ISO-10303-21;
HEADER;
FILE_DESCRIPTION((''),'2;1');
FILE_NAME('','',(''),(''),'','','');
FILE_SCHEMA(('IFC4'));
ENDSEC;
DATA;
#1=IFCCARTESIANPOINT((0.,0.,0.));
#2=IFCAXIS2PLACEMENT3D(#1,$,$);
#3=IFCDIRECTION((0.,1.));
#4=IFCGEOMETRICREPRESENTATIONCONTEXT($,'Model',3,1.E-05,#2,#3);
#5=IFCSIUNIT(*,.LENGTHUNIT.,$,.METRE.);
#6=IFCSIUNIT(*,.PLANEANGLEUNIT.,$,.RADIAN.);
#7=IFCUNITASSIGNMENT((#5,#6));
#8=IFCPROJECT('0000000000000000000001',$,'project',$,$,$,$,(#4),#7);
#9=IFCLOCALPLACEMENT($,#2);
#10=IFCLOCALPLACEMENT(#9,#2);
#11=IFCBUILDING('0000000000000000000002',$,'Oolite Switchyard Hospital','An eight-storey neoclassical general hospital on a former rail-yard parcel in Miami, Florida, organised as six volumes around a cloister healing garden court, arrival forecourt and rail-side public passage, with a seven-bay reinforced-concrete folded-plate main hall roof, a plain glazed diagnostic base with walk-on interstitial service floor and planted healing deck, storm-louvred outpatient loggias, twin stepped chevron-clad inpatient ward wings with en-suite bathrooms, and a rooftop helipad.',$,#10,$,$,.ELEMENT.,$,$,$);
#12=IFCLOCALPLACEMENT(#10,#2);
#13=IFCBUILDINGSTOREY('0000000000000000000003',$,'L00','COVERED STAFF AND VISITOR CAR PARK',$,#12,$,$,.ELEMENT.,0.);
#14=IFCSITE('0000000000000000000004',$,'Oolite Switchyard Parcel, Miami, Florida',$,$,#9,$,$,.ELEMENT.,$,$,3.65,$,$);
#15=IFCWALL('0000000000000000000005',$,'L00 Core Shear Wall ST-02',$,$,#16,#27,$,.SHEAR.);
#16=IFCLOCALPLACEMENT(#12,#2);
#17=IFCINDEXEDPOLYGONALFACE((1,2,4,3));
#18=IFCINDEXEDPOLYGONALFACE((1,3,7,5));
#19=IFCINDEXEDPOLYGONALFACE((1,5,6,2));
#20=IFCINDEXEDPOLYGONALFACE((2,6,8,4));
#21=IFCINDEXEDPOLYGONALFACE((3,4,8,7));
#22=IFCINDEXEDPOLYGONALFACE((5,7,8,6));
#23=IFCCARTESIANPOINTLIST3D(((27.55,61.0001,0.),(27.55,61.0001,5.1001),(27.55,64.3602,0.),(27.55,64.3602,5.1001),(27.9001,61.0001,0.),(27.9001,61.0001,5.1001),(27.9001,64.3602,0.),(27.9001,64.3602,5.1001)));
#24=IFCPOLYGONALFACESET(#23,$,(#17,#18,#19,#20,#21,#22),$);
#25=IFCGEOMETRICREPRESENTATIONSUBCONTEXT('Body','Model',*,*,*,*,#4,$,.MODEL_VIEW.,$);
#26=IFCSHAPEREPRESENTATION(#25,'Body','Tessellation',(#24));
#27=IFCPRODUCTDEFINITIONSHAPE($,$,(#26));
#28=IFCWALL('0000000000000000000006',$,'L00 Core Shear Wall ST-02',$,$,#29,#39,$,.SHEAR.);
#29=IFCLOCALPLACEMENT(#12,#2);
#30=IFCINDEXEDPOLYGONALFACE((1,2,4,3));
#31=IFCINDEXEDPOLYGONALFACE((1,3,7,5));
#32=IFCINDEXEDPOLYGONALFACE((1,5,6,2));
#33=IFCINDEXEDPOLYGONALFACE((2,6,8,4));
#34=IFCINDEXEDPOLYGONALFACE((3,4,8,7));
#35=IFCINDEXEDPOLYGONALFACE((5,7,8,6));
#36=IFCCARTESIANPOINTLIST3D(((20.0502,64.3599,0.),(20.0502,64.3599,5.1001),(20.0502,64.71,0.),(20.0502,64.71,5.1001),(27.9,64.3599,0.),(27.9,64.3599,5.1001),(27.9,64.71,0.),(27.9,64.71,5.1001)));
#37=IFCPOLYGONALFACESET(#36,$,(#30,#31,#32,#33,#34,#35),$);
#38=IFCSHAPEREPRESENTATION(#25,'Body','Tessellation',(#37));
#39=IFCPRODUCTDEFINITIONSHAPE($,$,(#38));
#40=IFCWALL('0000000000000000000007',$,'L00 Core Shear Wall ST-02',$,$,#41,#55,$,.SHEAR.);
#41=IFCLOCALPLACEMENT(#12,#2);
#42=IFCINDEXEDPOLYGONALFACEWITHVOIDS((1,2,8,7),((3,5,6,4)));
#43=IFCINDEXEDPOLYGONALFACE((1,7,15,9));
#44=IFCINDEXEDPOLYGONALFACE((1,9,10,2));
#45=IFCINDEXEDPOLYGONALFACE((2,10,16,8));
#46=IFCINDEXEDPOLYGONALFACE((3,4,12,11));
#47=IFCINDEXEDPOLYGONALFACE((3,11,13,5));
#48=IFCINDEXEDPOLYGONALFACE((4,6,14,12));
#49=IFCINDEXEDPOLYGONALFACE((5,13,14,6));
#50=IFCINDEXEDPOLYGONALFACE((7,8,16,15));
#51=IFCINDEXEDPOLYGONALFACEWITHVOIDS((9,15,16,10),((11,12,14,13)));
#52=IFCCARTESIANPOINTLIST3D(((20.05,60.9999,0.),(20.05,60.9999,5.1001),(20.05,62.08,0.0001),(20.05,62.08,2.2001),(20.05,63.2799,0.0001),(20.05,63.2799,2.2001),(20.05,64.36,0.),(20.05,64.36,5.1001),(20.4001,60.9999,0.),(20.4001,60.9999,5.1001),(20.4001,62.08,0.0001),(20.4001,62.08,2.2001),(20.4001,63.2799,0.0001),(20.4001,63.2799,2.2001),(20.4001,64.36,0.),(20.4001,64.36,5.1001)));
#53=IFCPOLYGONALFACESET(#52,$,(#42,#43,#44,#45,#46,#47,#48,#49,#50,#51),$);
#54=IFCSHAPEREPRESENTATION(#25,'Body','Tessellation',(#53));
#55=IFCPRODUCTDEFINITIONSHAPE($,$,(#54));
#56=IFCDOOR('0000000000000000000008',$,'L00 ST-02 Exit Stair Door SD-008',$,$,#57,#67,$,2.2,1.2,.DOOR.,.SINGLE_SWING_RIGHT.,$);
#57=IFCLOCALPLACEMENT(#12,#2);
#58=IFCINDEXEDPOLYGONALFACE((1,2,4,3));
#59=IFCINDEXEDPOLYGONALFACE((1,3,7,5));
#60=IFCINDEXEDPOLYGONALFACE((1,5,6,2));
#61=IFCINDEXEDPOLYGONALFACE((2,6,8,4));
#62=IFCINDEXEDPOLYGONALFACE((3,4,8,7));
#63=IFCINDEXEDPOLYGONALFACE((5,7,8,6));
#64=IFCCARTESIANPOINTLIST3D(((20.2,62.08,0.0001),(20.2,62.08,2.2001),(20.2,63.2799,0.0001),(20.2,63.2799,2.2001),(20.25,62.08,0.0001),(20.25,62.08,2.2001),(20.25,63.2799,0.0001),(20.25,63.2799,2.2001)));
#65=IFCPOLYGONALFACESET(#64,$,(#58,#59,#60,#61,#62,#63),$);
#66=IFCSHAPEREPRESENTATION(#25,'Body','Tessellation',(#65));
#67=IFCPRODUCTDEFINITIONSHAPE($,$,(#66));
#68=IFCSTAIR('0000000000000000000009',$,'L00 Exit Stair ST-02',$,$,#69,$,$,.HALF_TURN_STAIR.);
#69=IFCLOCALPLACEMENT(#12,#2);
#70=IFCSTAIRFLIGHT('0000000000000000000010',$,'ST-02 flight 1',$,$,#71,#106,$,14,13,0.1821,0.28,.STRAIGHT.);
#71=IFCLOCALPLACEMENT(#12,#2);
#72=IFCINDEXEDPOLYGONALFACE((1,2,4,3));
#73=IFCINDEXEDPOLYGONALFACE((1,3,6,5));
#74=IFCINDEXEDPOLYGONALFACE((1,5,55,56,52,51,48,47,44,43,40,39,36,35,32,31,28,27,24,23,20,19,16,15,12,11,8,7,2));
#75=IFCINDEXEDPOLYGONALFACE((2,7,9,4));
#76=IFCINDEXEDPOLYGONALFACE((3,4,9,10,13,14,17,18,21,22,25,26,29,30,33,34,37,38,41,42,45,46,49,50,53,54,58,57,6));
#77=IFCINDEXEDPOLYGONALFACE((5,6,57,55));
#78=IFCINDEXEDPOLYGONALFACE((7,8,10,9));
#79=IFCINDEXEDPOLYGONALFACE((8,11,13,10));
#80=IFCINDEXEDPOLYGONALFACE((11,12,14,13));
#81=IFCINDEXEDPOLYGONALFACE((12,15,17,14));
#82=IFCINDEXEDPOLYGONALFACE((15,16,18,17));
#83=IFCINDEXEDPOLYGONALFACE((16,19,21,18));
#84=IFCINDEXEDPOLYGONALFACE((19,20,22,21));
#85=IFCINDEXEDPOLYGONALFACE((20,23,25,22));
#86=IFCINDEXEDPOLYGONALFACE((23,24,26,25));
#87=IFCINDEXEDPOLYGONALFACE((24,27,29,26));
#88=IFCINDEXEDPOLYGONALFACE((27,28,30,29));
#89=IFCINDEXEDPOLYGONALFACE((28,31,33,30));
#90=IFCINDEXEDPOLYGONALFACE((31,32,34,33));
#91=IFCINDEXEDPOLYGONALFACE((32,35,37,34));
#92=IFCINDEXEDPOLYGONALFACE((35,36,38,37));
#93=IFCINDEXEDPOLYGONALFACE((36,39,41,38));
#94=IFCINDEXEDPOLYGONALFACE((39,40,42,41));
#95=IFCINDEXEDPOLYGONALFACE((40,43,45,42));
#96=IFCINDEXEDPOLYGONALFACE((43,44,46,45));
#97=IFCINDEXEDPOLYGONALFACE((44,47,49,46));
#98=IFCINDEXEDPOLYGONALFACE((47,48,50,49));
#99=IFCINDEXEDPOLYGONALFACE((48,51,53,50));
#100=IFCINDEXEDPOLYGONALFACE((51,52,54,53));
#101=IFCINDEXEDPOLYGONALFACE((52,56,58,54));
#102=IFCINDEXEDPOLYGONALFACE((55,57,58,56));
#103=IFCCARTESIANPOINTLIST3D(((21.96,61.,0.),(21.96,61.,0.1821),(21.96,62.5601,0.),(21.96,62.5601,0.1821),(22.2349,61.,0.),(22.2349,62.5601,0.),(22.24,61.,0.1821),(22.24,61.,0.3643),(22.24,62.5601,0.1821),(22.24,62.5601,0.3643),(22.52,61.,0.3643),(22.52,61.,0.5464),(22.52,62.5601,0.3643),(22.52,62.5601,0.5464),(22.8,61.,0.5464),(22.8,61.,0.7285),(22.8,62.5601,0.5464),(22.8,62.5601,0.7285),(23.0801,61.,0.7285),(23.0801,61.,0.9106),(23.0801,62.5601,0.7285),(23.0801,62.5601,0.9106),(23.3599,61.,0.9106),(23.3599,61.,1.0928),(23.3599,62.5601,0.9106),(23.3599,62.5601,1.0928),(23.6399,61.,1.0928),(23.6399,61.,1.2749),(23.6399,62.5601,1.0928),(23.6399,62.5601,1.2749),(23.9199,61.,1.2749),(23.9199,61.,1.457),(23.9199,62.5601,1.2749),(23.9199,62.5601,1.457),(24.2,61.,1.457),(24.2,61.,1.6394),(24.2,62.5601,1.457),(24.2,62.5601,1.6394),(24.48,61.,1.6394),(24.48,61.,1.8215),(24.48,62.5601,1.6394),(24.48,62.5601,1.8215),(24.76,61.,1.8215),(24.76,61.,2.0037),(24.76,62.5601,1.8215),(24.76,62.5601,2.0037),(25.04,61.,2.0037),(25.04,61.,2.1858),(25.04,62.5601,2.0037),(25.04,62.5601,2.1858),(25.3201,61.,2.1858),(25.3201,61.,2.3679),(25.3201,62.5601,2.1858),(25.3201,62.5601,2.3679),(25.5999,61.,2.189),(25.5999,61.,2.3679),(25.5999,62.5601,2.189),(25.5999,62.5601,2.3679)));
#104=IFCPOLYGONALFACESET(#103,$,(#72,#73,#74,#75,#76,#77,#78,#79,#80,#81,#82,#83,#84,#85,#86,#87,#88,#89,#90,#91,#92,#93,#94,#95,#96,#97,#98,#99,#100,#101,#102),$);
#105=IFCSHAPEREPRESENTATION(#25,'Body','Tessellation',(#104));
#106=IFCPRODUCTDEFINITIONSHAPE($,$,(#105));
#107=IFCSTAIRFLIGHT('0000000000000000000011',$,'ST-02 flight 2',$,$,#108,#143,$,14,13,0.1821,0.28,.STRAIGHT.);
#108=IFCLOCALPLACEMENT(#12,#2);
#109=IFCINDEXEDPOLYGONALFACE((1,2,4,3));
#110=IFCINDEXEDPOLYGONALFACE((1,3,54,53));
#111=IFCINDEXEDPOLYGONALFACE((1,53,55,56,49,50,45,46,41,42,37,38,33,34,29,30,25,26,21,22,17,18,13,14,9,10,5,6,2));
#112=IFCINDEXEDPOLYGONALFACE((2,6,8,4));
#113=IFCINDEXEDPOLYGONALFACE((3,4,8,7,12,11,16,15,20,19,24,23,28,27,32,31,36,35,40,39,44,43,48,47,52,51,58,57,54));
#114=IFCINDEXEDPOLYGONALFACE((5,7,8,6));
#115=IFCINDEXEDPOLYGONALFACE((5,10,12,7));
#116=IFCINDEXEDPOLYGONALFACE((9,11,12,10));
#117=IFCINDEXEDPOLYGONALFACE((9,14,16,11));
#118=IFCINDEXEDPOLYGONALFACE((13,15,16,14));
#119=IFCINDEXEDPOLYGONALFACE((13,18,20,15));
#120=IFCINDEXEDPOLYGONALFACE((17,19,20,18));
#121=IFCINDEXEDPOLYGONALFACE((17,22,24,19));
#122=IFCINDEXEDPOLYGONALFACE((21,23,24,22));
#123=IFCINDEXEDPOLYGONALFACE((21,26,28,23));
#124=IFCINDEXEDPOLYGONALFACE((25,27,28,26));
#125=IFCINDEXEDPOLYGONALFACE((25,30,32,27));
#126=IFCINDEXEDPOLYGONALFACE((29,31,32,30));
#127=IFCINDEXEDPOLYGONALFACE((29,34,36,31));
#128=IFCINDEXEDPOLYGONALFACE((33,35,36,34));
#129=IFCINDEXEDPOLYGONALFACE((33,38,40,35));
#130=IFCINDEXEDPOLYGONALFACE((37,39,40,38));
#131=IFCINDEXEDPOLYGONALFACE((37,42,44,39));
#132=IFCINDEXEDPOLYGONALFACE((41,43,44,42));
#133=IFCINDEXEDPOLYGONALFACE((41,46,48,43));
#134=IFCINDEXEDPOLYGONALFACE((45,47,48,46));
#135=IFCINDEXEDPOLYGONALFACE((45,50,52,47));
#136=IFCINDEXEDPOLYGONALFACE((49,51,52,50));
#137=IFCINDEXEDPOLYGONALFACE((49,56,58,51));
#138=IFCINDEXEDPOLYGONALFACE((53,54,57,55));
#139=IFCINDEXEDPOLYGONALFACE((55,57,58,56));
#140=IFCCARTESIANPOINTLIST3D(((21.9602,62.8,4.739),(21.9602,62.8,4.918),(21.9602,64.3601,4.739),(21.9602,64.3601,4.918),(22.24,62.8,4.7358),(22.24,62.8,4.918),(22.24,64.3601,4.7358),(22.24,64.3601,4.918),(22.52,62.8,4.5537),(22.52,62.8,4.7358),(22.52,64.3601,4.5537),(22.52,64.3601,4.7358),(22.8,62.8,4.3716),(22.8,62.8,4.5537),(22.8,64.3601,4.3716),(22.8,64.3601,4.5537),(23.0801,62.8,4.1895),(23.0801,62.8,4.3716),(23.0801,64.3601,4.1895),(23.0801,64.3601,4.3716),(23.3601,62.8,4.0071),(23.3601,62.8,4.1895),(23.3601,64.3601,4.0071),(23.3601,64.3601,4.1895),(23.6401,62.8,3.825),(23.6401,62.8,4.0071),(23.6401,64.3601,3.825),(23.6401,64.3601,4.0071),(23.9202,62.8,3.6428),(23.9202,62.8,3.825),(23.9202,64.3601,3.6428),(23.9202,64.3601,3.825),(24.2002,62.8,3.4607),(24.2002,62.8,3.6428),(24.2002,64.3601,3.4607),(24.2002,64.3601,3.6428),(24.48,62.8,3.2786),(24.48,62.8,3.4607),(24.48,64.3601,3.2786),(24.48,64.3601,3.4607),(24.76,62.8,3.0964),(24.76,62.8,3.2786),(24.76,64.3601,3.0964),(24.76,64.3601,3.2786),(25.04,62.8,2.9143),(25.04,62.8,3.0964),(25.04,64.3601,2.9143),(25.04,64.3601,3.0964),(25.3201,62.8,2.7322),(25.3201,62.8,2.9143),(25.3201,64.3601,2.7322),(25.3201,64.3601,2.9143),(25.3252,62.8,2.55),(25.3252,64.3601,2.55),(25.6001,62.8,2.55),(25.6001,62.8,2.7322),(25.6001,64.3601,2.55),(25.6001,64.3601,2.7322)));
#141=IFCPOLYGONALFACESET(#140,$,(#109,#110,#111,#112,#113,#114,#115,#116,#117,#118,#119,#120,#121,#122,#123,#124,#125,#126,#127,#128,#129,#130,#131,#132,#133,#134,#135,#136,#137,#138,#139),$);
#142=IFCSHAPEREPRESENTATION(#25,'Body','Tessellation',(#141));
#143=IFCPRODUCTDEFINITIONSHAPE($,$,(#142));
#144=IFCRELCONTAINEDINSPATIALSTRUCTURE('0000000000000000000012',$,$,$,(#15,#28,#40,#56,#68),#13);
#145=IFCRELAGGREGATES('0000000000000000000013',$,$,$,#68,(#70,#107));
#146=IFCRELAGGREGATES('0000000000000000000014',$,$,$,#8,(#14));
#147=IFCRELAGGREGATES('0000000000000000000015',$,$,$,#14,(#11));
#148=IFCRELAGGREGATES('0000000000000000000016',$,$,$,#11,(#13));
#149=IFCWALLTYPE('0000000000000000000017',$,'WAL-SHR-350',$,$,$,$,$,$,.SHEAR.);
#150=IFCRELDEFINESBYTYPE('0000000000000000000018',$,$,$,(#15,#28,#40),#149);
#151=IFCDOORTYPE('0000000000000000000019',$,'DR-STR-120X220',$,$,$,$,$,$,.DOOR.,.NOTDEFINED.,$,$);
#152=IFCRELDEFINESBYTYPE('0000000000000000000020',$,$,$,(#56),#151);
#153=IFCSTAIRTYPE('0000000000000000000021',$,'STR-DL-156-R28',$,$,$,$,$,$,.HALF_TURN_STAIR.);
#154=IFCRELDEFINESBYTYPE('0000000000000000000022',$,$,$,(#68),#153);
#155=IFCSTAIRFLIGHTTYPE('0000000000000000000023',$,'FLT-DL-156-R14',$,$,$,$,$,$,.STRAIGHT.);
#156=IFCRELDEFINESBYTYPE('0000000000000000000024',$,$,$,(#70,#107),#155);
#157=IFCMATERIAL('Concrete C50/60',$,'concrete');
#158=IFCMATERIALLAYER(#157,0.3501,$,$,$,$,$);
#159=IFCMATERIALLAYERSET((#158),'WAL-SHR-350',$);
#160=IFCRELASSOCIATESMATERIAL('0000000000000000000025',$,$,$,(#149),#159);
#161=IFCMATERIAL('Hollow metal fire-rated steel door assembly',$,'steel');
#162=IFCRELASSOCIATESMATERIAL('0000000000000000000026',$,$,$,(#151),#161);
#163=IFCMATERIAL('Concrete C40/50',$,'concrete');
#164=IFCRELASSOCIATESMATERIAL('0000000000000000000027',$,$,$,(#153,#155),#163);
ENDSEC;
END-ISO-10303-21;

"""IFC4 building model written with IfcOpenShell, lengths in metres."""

from ifc_helpers import new_model, si_unit, direction, frame, frame_2d, origin, place, context, subcontext, project, spatial, polyline, rectangle, outline, extrude, material, layer, layer_set, type_object, element, fill, aggregate, save


model = new_model("IFC4")

# Units and contexts
model_context = context("Model", 3, precision=1e-05, world=origin(), true_north=direction((0.0, 1.0)))
body_context = subcontext(model_context, "Body", "Model", "MODEL_VIEW")
ifc_project = project(units=[si_unit("LENGTHUNIT", "METRE"), si_unit("PLANEANGLEUNIT", "RADIAN")], contexts=[model_context])

# Site, building, storey
site_placement = place(None, origin())
site = spatial("IfcSite", under=ifc_project, at=site_placement, Name="Oolite Switchyard Parcel, Miami, Florida", CompositionType="ELEMENT", RefElevation=3.65)
building_placement = place(site_placement, origin())
building = spatial("IfcBuilding", under=site, at=building_placement, Name="Oolite Switchyard Hospital", Description="An eight-storey neoclassical general hospital on a former rail-yard parcel in Miami, Florida, organised as six volumes around a cloister healing garden court, arrival forecourt and rail-side public passage, with a seven-bay reinforced-concrete folded-plate main hall roof, a plain glazed diagnostic base with walk-on interstitial service floor and planted healing deck, storm-louvred outpatient loggias, twin stepped chevron-clad inpatient ward wings with en-suite bathrooms, and a rooftop helipad.", CompositionType="ELEMENT")
storey_placement = place(building_placement, origin())
storey = spatial("IfcBuildingStorey", under=building, at=storey_placement, Name="L00", Description="COVERED STAFF AND VISITOR CAR PARK", CompositionType="ELEMENT", Elevation=0.0)

# Shared definitions
ifc_material_1 = material(Name="Concrete C40/50", Category="concrete")

# Shared definitions
ifc_material_2 = material(Name="Concrete C50/60", Category="concrete")

# Walls
ifc_layer_1 = layer(ifc_material_2, 0.3501)
ifc_layer_set_1 = layer_set([ifc_layer_1], Name="WAL-SHR-350")
wall_type_1 = type_object("IfcWallType", Name="WAL-SHR-350", PredefinedType="SHEAR", material=ifc_layer_set_1)
wall_1_placement = place(storey_placement, frame((27.7251, 61.0, 0.0), z_axis=(0.0, 0.0, 1.0), x_axis=(0.0, 1.0, 0.0)))
element("IfcWall", 1, at=wall_1_placement, inside=storey, type_object=wall_type_1, Name="L00 Core Shear Wall ST-02", PredefinedType="SHEAR", context=body_context, shape_type="SweptSolid", body=[
    extrude(rectangle(XDim=3.3601, YDim=0.3501, at=frame_2d((1.6802, 0.0))), origin(), (0.0, 0.0, 1.0), 5.1001),
])
wall_2_placement = place(storey_placement, frame((27.8999, 64.5349, 0.0), z_axis=(0.0, 0.0, 1.0), x_axis=(-1.0, 0.0, 0.0)))
element("IfcWall", 2, at=wall_2_placement, inside=storey, type_object=wall_type_1, Name="L00 Core Shear Wall ST-02", PredefinedType="SHEAR", context=body_context, shape_type="SweptSolid", body=[
    extrude(rectangle(XDim=7.8499, YDim=0.3501, at=frame_2d((3.9248, 0.0))), origin(), (0.0, 0.0, 1.0), 5.1001),
])

# Wall, opening, door
wall_3_placement = place(storey_placement, frame((20.2251, 64.3601, 0.0), z_axis=(0.0, 0.0, 1.0), x_axis=(0.0, -1.0, 0.0)))
wall_3 = element("IfcWall", 3, at=wall_3_placement, inside=storey, type_object=wall_type_1, Name="L00 Core Shear Wall ST-02", PredefinedType="SHEAR", context=body_context, shape_type="SweptSolid", body=[
    extrude(rectangle(XDim=3.3601, YDim=0.3501, at=frame_2d((1.6802, 0.0))), origin(), (0.0, 0.0, 1.0), 5.1001),
])
opening_1_placement = place(wall_3_placement, frame((1.0801, 0.0, 0.0)))
opening_1 = element("IfcOpeningElement", 4, at=opening_1_placement, cuts=wall_3, PredefinedType="OPENING", context=body_context, shape_type="SweptSolid", body=[
    extrude(rectangle(XDim=1.2, YDim=2.2, at=frame_2d((0.6001, 1.1001))), frame((0.0, 0.1851, 0.0), z_axis=(0.0, -1.0, 0.0), x_axis=(1.0, 0.0, 0.0)), (0.0, 0.0, 1.0), 0.3701),
])
ifc_material_3 = material(Name="Hollow metal fire-rated steel door assembly", Category="steel")
door_type_1 = type_object("IfcDoorType", Name="DR-STR-120X220", OperationType="NOTDEFINED", PredefinedType="DOOR", material=ifc_material_3)
door_1_placement = place(opening_1_placement, origin())
door_1 = element("IfcDoor", 5, at=door_1_placement, inside=storey, type_object=door_type_1, Name="L00 ST-02 Exit Stair Door SD-008", OperationType="SINGLE_SWING_RIGHT", OverallHeight=2.2, OverallWidth=1.2, PredefinedType="DOOR", context=body_context, shape_type="SweptSolid", body=[
    extrude(rectangle(XDim=1.2, YDim=2.2, at=frame_2d((0.6001, 1.1001))), frame((0.0, 0.0249, 0.0), z_axis=(0.0, -1.0, 0.0), x_axis=(1.0, 0.0, 0.0)), (0.0, 0.0, 1.0), 0.05),
])
fill(opening_1, door_1)

# Stair, stair flights
stair_type = type_object("IfcStairType", Name="STR-DL-156-R28", PredefinedType="HALF_TURN_STAIR", material=ifc_material_1)
stair_placement = place(storey_placement, origin())
stair = element("IfcStair", 6, at=stair_placement, inside=storey, type_object=stair_type, Name="L00 Exit Stair ST-02", PredefinedType="HALF_TURN_STAIR")
stair_flight_type = type_object("IfcStairFlightType", Name="FLT-DL-156-R14", PredefinedType="STRAIGHT", material=ifc_material_1)
stair_flight_1_placement = place(storey_placement, frame((21.96, 61.78, 0.0), z_axis=(0.0, 0.0, 1.0), x_axis=(1.0, 0.0, 0.0)))
stair_flight_1 = element("IfcStairFlight", 7, at=stair_flight_1_placement, type_object=stair_flight_type, Name="ST-02 flight 1", NumberOfRisers=14, NumberOfTreads=13, PredefinedType="STRAIGHT", RiserHeight=0.1821, TreadLength=0.28, context=body_context, shape_type="SweptSolid", body=[
    extrude(outline(polyline([(0.0, 0.0), (0.0, 0.1821), (0.28, 0.1821), (0.28, 0.3643), (0.5601, 0.3643), (0.5601, 0.5464), (0.8401, 0.5464), (0.8401, 0.7285), (1.1201, 0.7285), (1.1201, 0.9106), (1.3999, 0.9106), (1.3999, 1.0928), (1.6799, 1.0928), (1.6799, 1.2749), (1.96, 1.2749), (1.96, 1.457), (2.24, 1.457), (2.24, 1.6394), (2.52, 1.6394), (2.52, 1.8215), (2.8, 1.8215), (2.8, 2.0037), (3.0801, 2.0037), (3.0801, 2.1858), (3.3601, 2.1858), (3.3601, 2.3679), (3.6399, 2.3679), (3.6399, 2.55), (3.6399, 2.189), (0.2749, 0.0), (0.0, 0.0)])), frame((0.0, 0.78, 0.0), z_axis=(0.0, -1.0, 0.0), x_axis=(1.0, 0.0, 0.0)), (0.0, 0.0, 1.0), 1.5601),
])
stair_flight_2_placement = place(storey_placement, frame((25.6001, 63.5801, 2.55), z_axis=(0.0, 0.0, 1.0), x_axis=(-1.0, 0.0, 0.0)))
stair_flight_2 = element("IfcStairFlight", 8, at=stair_flight_2_placement, type_object=stair_flight_type, Name="ST-02 flight 2", NumberOfRisers=14, NumberOfTreads=13, PredefinedType="STRAIGHT", RiserHeight=0.1821, TreadLength=0.28, context=body_context, shape_type="SweptSolid", body=[
    extrude(outline(polyline([(0.0, 0.0), (0.0, 0.1821), (0.28, 0.1821), (0.28, 0.3643), (0.5601, 0.3643), (0.5601, 0.5464), (0.8401, 0.5464), (0.8401, 0.7285), (1.1201, 0.7285), (1.1201, 0.9106), (1.3999, 0.9106), (1.3999, 1.0928), (1.6799, 1.0928), (1.6799, 1.2749), (1.96, 1.2749), (1.96, 1.457), (2.24, 1.457), (2.24, 1.6394), (2.52, 1.6394), (2.52, 1.8215), (2.8, 1.8215), (2.8, 2.0037), (3.0801, 2.0037), (3.0801, 2.1858), (3.3601, 2.1858), (3.3601, 2.3679), (3.6399, 2.3679), (3.6399, 2.55), (3.6399, 2.189), (0.2749, 0.0), (0.0, 0.0)])), frame((0.0, 0.78, 0.0), z_axis=(0.0, -1.0, 0.0), x_axis=(1.0, 0.0, 0.0)), (0.0, 0.0, 1.0), 1.5601),
])
aggregate(stair, [stair_flight_1, stair_flight_2])

save(model, "model.ifc")
